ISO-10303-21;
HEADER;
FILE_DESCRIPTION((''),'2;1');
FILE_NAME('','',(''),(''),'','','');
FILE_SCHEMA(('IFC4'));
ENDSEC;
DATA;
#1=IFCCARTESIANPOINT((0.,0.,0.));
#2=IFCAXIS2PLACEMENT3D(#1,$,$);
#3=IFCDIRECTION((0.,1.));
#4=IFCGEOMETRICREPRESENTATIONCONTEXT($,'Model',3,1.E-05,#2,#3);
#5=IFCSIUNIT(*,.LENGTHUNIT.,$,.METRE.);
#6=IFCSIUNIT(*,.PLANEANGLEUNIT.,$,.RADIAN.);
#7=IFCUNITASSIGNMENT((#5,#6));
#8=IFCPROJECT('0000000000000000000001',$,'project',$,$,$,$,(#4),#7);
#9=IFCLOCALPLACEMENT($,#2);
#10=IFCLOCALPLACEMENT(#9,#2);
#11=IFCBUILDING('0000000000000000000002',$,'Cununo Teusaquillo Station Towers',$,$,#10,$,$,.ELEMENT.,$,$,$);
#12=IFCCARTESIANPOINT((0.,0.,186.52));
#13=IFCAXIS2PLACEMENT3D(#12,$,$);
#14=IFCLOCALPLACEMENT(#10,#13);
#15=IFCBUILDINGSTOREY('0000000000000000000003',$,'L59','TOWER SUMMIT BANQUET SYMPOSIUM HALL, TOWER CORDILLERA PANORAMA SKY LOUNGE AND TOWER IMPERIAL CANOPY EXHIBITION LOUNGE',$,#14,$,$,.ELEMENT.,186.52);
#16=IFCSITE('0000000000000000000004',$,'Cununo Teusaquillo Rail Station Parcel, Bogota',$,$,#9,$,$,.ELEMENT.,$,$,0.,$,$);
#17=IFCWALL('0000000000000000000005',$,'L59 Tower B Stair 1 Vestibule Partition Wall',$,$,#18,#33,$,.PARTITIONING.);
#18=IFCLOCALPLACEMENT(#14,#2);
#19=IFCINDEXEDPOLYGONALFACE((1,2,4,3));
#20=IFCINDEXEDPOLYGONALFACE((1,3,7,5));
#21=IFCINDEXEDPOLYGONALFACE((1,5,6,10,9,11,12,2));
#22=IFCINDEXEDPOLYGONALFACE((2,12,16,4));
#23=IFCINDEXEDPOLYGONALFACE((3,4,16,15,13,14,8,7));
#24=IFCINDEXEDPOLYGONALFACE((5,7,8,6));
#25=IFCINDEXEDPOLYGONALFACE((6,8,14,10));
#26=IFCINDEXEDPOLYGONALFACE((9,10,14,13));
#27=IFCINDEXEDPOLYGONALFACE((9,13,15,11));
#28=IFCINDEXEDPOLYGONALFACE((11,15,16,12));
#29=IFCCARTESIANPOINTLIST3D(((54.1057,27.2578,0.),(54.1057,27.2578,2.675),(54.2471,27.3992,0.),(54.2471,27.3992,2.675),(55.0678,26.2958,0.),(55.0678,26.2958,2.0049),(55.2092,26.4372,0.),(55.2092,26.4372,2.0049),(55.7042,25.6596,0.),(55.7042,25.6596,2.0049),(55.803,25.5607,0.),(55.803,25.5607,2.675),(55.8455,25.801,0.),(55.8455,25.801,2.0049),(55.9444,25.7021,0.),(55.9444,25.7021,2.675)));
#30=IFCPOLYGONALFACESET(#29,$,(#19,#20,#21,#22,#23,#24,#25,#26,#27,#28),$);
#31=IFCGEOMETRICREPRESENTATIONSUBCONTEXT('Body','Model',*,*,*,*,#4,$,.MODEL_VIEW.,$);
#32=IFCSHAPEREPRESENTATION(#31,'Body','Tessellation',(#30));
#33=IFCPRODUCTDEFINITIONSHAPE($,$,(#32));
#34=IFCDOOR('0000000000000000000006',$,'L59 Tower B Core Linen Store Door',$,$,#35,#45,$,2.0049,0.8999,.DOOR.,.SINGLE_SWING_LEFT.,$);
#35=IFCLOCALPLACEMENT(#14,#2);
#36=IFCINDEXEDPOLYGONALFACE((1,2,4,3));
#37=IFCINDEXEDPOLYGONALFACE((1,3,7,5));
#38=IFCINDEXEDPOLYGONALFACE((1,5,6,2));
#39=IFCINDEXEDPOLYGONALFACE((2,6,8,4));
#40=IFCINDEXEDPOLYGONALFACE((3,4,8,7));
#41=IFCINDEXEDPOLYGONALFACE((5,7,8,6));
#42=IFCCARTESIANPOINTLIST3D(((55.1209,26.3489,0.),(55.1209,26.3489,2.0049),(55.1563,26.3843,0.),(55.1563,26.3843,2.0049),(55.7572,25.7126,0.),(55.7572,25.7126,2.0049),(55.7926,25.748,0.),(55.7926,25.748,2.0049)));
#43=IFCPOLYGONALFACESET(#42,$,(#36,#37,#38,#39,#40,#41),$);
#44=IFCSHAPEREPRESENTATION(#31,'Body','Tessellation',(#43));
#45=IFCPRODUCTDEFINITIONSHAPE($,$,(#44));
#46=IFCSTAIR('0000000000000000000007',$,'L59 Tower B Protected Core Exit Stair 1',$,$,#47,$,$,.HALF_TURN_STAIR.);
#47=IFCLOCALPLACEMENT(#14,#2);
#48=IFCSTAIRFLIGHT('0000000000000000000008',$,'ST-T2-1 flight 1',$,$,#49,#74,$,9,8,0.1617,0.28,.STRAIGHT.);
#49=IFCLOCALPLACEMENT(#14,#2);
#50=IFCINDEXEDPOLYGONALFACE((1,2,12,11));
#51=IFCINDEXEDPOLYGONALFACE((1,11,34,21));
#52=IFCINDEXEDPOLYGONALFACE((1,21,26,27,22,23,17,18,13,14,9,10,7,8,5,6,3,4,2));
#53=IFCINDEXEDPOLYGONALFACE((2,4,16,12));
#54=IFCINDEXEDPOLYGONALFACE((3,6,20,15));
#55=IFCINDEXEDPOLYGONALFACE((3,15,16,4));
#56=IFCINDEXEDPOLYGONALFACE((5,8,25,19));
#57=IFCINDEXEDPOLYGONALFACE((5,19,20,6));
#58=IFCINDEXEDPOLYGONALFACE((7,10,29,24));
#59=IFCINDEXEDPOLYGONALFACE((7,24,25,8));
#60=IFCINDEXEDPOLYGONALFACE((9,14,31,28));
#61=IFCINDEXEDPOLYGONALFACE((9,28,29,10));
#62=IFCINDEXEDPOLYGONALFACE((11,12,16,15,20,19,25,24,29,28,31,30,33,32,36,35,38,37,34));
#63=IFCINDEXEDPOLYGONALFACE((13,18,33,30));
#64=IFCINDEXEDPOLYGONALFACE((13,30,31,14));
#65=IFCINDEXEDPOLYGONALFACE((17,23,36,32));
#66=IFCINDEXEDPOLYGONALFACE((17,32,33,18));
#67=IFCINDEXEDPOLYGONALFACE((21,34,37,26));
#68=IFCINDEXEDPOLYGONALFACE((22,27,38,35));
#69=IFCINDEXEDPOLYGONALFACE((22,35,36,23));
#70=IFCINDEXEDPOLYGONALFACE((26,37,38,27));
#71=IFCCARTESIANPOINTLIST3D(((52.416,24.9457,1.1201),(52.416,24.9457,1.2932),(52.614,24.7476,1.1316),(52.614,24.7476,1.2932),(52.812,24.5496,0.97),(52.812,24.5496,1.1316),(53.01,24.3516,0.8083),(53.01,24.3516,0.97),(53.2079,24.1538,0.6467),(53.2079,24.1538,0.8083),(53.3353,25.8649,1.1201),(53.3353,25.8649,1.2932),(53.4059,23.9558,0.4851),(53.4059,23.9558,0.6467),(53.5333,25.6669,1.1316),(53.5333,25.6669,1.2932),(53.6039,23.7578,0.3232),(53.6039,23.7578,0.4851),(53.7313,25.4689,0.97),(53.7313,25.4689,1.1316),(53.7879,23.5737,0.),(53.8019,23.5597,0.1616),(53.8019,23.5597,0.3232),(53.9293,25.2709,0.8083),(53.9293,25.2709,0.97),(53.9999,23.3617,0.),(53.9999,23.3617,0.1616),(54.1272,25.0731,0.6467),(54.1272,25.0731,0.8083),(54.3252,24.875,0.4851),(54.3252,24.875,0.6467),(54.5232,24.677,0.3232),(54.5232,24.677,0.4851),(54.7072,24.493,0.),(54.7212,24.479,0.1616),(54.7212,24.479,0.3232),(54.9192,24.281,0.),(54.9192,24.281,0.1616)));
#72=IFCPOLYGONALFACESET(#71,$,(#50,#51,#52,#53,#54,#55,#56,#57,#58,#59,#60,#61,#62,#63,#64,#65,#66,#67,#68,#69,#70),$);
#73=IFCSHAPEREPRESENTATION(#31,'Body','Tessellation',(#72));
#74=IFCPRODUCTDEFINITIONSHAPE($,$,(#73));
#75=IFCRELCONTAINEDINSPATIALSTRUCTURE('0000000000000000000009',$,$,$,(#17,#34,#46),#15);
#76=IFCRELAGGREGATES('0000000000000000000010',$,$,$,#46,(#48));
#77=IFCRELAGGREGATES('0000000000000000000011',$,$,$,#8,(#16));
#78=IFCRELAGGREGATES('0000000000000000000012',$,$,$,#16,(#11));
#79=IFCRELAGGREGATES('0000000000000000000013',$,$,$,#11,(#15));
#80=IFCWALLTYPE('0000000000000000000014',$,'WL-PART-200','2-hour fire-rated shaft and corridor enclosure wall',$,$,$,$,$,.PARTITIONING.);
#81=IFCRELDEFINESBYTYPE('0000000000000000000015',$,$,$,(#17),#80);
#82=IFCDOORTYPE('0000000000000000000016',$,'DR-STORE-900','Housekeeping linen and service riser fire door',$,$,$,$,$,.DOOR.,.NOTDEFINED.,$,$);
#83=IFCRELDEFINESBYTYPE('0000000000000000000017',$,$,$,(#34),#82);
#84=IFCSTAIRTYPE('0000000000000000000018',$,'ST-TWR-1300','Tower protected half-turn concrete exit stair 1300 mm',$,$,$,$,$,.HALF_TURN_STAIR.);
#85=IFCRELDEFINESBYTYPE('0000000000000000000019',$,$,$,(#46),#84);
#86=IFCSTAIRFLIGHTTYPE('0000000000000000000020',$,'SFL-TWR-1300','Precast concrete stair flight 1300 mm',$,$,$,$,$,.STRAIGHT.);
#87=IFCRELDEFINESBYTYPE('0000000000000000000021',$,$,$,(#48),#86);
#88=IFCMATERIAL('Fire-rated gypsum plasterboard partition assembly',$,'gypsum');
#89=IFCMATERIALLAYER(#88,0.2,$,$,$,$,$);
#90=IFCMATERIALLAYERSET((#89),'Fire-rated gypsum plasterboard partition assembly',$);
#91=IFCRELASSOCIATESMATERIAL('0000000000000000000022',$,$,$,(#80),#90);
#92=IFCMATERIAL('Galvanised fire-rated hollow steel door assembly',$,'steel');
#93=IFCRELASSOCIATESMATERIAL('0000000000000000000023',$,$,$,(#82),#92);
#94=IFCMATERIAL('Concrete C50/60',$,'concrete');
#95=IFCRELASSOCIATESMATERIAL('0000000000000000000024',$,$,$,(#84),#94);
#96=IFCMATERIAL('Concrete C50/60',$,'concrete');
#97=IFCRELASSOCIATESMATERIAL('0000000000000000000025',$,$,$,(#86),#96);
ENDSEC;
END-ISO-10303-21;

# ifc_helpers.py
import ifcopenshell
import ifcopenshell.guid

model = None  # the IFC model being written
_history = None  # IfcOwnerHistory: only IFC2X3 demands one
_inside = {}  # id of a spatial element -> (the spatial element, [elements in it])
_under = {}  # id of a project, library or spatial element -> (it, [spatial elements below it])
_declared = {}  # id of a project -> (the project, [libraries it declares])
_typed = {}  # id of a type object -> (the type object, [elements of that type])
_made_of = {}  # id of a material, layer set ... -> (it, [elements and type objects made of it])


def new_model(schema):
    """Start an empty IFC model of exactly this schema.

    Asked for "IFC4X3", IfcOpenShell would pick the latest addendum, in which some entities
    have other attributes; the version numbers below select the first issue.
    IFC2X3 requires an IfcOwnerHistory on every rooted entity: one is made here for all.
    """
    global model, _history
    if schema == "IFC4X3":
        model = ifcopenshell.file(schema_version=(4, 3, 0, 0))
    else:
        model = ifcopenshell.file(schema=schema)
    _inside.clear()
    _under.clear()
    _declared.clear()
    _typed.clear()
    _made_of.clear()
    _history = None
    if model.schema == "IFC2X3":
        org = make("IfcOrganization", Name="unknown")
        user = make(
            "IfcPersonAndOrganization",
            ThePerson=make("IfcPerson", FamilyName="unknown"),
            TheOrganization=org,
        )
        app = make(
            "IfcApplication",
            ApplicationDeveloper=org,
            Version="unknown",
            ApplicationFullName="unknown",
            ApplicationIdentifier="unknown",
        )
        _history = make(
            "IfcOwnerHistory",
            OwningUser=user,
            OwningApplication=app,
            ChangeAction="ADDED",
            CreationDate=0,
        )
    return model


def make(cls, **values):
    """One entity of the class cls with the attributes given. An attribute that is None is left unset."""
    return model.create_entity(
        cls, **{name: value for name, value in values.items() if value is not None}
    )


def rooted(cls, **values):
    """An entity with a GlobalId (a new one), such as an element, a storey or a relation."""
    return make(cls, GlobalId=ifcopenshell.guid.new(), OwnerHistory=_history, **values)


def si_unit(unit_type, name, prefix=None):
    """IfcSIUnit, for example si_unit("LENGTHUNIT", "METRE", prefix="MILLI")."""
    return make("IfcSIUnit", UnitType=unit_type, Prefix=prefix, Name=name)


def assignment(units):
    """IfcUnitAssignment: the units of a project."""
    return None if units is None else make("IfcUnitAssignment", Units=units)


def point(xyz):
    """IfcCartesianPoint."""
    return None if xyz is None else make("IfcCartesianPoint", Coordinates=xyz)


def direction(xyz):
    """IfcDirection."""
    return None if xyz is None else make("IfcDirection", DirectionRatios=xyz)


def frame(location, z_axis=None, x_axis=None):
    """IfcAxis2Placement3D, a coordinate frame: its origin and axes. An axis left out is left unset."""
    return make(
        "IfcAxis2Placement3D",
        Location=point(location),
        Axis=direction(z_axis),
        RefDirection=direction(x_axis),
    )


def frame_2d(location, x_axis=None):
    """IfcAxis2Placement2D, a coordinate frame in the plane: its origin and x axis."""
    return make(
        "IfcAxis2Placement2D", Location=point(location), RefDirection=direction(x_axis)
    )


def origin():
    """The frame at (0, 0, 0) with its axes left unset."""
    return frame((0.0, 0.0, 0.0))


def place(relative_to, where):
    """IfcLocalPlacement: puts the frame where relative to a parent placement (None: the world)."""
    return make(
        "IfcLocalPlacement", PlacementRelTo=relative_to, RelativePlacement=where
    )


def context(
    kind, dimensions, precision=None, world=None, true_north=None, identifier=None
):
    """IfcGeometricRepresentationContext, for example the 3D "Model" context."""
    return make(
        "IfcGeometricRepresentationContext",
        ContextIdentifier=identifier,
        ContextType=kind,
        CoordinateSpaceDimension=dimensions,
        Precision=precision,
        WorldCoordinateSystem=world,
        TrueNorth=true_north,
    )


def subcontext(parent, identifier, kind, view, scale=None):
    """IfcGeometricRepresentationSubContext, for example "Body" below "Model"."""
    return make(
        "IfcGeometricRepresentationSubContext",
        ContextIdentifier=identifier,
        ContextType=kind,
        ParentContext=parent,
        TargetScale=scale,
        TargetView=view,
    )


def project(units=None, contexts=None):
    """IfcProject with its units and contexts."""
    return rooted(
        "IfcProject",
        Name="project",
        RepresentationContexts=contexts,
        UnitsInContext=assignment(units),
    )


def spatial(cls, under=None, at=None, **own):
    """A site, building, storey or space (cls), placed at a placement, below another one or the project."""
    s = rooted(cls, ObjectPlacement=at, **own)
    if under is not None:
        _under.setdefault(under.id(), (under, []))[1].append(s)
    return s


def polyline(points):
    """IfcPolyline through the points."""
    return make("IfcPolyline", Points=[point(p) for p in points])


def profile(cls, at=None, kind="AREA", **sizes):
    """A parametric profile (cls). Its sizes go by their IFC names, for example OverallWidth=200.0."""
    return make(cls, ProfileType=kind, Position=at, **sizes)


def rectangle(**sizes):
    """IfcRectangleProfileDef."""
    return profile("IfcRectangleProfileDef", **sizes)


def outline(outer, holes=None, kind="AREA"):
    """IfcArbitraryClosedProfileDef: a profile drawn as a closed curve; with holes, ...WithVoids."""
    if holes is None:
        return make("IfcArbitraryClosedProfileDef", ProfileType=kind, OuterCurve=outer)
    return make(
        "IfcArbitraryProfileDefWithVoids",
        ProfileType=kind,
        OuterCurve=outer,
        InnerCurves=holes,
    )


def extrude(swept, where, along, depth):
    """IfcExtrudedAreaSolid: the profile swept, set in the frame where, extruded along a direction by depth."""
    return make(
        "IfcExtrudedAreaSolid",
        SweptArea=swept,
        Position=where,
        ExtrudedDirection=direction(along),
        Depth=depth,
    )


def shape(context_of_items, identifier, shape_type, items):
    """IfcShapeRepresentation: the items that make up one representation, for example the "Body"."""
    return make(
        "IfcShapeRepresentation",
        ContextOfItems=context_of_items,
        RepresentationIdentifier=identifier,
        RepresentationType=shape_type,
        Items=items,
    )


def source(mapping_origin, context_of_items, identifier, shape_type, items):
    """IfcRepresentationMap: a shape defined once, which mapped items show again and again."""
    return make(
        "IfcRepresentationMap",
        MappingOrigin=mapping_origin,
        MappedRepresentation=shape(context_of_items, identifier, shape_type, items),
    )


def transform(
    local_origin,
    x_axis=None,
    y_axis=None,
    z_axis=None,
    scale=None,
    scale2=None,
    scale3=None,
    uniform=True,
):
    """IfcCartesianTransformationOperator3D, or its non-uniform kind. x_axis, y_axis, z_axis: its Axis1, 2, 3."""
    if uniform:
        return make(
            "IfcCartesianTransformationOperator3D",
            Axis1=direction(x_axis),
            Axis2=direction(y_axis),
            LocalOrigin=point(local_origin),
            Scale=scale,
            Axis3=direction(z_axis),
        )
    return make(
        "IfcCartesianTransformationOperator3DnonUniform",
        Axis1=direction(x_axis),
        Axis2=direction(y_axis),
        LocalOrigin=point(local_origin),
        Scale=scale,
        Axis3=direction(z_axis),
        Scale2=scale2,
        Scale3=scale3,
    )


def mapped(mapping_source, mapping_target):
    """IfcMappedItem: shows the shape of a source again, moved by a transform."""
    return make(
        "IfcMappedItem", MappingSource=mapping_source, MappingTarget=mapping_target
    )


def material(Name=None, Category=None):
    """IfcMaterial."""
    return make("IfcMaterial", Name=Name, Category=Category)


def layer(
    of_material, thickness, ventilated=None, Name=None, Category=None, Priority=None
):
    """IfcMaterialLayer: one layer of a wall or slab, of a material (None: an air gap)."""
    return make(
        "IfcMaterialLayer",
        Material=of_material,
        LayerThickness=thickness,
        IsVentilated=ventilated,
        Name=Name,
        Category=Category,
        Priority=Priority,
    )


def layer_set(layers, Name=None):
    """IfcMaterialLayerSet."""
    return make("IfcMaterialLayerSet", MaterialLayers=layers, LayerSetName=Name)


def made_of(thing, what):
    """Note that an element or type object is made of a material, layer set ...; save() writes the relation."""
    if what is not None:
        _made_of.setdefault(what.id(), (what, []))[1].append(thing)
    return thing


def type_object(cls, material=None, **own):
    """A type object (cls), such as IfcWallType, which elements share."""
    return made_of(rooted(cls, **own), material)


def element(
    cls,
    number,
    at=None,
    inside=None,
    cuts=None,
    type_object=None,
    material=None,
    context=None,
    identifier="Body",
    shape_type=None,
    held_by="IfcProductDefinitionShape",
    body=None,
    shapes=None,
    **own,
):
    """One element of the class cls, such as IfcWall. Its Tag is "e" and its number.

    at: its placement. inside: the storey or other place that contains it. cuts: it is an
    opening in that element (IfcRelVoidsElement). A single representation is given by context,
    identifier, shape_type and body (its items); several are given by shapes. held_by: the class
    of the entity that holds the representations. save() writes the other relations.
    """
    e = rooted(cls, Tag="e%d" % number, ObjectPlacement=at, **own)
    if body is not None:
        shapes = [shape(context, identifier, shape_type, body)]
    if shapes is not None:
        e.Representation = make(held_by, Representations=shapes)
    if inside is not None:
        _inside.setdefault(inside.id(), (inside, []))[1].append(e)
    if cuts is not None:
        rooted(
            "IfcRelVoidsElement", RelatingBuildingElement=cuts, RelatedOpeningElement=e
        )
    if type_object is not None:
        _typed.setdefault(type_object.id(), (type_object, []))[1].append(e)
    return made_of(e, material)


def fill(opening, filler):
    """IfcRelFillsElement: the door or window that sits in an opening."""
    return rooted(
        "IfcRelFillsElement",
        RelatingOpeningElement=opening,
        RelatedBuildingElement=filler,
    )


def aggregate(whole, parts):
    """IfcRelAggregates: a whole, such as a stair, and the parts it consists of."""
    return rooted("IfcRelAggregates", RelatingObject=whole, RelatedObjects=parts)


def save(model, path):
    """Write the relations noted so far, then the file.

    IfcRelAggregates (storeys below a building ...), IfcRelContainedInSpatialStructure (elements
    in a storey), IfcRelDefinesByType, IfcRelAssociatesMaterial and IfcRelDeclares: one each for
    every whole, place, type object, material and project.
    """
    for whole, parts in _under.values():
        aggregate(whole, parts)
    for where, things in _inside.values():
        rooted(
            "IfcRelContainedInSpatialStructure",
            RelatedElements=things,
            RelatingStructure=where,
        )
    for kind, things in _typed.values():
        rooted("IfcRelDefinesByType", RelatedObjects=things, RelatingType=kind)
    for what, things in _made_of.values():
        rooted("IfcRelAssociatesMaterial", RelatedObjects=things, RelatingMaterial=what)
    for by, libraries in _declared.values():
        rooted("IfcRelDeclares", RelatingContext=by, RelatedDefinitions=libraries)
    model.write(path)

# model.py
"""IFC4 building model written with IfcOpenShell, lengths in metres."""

from ifc_helpers import new_model, si_unit, direction, frame, frame_2d, origin, place, context, subcontext, project, spatial, polyline, rectangle, outline, extrude, source, transform, mapped, material, layer, layer_set, type_object, element, fill, aggregate, save


model = new_model("IFC4")

# Units and contexts
model_context = context("Model", 3, precision=1e-05, world=origin(), true_north=direction((0.0, 1.0)))
body_context = subcontext(model_context, "Body", "Model", "MODEL_VIEW")
ifc_project = project(units=[si_unit("LENGTHUNIT", "METRE"), si_unit("PLANEANGLEUNIT", "RADIAN")], contexts=[model_context])

# Site, building, storey
site_placement = place(None, origin())
site = spatial("IfcSite", under=ifc_project, at=site_placement, Name="Cununo Teusaquillo Rail Station Parcel, Bogota", CompositionType="ELEMENT", RefElevation=0.0)
building_placement = place(site_placement, origin())
building = spatial("IfcBuilding", under=site, at=building_placement, Name="Cununo Teusaquillo Station Towers", CompositionType="ELEMENT")
storey_placement = place(building_placement, frame((0.0, 0.0, 186.52)))
storey = spatial("IfcBuildingStorey", under=building, at=storey_placement, Name="L59", Description="TOWER SUMMIT BANQUET SYMPOSIUM HALL, TOWER CORDILLERA PANORAMA SKY LOUNGE AND TOWER IMPERIAL CANOPY EXHIBITION LOUNGE", CompositionType="ELEMENT", Elevation=186.52)

# Wall, opening, door
ifc_material_1 = material(Name="Fire-rated gypsum plasterboard partition assembly", Category="gypsum")
ifc_layer_1 = layer(ifc_material_1, 0.2)
ifc_layer_set_1 = layer_set([ifc_layer_1], Name="Fire-rated gypsum plasterboard partition assembly")
wall_type_1 = type_object("IfcWallType", Name="WL-PART-200", Description="2-hour fire-rated shaft and corridor enclosure wall", PredefinedType="PARTITIONING", material=ifc_layer_set_1)
shared_shape_1 = source(origin(), body_context, "Body", "SweptSolid", [
    extrude(rectangle(XDim=0.8999, YDim=2.0049, at=frame_2d((0.45, 1.0024))), frame((0.0, 0.1099, 0.0), z_axis=(0.0, -1.0, 0.0), x_axis=(1.0, 0.0, 0.0)), (0.0, 0.0, 1.0), 0.22),
])
ifc_material_2 = material(Name="Galvanised fire-rated hollow steel door assembly", Category="steel")
door_type_1 = type_object("IfcDoorType", Name="DR-STORE-900", Description="Housekeeping linen and service riser fire door", OperationType="NOTDEFINED", PredefinedType="DOOR", material=ifc_material_2)
shared_shape_2 = source(origin(), body_context, "Body", "SweptSolid", [
    extrude(rectangle(XDim=0.8999, YDim=2.0049, at=frame_2d((0.45, 1.0024))), frame((0.0, 0.0249, 0.0), z_axis=(0.0, -1.0, 0.0), x_axis=(1.0, 0.0, 0.0)), (0.0, 0.0, 1.0), 0.05),
])
wall_1_placement = place(storey_placement, frame((55.8738, 25.6313, 0.0), z_axis=(0.0, 0.0, 1.0), x_axis=(-0.707158, 0.707056, 0.0)))
wall_1 = element("IfcWall", 1, at=wall_1_placement, inside=storey, type_object=wall_type_1, Name="L59 Tower B Stair 1 Vestibule Partition Wall", PredefinedType="PARTITIONING", context=body_context, shape_type="SweptSolid", body=[
    extrude(rectangle(XDim=2.4001, YDim=0.2, at=frame_2d((1.2002, 0.0))), origin(), (0.0, 0.0, 1.0), 2.675),
])
opening_1_placement = place(wall_1_placement, frame((0.1399, 0.0, 0.0)))
opening_1 = element("IfcOpeningElement", 2, at=opening_1_placement, cuts=wall_1, PredefinedType="OPENING", context=body_context, shape_type="MappedRepresentation", body=[
    mapped(shared_shape_1, transform((0.0, 0.0, 0.0), x_axis=(1.0, 0.0, 0.0), y_axis=(0.0, 1.0, 0.0), z_axis=(0.0, 0.0, 1.0), scale=1.0)),
])
door_1_placement = place(opening_1_placement, origin())
door_1 = element("IfcDoor", 3, at=door_1_placement, inside=storey, type_object=door_type_1, Name="L59 Tower B Core Linen Store Door", OperationType="SINGLE_SWING_LEFT", OverallHeight=2.0049, OverallWidth=0.8999, PredefinedType="DOOR", context=body_context, shape_type="MappedRepresentation", body=[
    mapped(shared_shape_2, transform((0.0, 0.0, 0.0), x_axis=(1.0, 0.0, 0.0), y_axis=(0.0, 1.0, 0.0), z_axis=(0.0, 0.0, 1.0), scale=1.0)),
])
fill(opening_1, door_1)

# Stair, stair flight
ifc_material_3 = material(Name="Concrete C50/60", Category="concrete")
stair_type = type_object("IfcStairType", Name="ST-TWR-1300", Description="Tower protected half-turn concrete exit stair 1300 mm", PredefinedType="HALF_TURN_STAIR", material=ifc_material_3)
stair_placement = place(storey_placement, origin())
stair = element("IfcStair", 4, at=stair_placement, inside=storey, type_object=stair_type, Name="L59 Tower B Protected Core Exit Stair 1", PredefinedType="HALF_TURN_STAIR")
ifc_material_4 = material(Name="Concrete C50/60", Category="concrete")
stair_flight_type = type_object("IfcStairFlightType", Name="SFL-TWR-1300", Description="Precast concrete stair flight 1300 mm", PredefinedType="STRAIGHT", material=ifc_material_4)
stair_flight_placement = place(storey_placement, frame((54.4595, 23.8213, 0.0), z_axis=(0.0, 0.0, 1.0), x_axis=(-0.707107, 0.707107, 0.0)))
stair_flight = element("IfcStairFlight", 5, at=stair_flight_placement, type_object=stair_flight_type, Name="ST-T2-1 flight 1", NumberOfRisers=9, NumberOfTreads=8, PredefinedType="STRAIGHT", RiserHeight=0.1617, TreadLength=0.28, context=body_context, shape_type="SweptSolid", body=[
    extrude(outline(polyline([(0.0, 0.0), (0.0, 0.1616), (0.28, 0.1616), (0.28, 0.3232), (0.5601, 0.3232), (0.5601, 0.4851), (0.8401, 0.4851), (0.8401, 0.6467), (1.1201, 0.6467), (1.1201, 0.8083), (1.3999, 0.8083), (1.3999, 0.97), (1.6799, 0.97), (1.6799, 1.1316), (1.96, 1.1316), (1.96, 1.2932), (2.24, 1.2932), (2.24, 1.4551), (2.24, 1.1201), (0.2998, 0.0), (0.0, 0.0)])), frame((0.0, 0.6499, 0.0), z_axis=(0.0, -1.0, 0.0), x_axis=(1.0, 0.0, 0.0)), (0.0, 0.0, 1.0), 1.3),
])
aggregate(stair, [stair_flight])

save(model, "model.ifc")
